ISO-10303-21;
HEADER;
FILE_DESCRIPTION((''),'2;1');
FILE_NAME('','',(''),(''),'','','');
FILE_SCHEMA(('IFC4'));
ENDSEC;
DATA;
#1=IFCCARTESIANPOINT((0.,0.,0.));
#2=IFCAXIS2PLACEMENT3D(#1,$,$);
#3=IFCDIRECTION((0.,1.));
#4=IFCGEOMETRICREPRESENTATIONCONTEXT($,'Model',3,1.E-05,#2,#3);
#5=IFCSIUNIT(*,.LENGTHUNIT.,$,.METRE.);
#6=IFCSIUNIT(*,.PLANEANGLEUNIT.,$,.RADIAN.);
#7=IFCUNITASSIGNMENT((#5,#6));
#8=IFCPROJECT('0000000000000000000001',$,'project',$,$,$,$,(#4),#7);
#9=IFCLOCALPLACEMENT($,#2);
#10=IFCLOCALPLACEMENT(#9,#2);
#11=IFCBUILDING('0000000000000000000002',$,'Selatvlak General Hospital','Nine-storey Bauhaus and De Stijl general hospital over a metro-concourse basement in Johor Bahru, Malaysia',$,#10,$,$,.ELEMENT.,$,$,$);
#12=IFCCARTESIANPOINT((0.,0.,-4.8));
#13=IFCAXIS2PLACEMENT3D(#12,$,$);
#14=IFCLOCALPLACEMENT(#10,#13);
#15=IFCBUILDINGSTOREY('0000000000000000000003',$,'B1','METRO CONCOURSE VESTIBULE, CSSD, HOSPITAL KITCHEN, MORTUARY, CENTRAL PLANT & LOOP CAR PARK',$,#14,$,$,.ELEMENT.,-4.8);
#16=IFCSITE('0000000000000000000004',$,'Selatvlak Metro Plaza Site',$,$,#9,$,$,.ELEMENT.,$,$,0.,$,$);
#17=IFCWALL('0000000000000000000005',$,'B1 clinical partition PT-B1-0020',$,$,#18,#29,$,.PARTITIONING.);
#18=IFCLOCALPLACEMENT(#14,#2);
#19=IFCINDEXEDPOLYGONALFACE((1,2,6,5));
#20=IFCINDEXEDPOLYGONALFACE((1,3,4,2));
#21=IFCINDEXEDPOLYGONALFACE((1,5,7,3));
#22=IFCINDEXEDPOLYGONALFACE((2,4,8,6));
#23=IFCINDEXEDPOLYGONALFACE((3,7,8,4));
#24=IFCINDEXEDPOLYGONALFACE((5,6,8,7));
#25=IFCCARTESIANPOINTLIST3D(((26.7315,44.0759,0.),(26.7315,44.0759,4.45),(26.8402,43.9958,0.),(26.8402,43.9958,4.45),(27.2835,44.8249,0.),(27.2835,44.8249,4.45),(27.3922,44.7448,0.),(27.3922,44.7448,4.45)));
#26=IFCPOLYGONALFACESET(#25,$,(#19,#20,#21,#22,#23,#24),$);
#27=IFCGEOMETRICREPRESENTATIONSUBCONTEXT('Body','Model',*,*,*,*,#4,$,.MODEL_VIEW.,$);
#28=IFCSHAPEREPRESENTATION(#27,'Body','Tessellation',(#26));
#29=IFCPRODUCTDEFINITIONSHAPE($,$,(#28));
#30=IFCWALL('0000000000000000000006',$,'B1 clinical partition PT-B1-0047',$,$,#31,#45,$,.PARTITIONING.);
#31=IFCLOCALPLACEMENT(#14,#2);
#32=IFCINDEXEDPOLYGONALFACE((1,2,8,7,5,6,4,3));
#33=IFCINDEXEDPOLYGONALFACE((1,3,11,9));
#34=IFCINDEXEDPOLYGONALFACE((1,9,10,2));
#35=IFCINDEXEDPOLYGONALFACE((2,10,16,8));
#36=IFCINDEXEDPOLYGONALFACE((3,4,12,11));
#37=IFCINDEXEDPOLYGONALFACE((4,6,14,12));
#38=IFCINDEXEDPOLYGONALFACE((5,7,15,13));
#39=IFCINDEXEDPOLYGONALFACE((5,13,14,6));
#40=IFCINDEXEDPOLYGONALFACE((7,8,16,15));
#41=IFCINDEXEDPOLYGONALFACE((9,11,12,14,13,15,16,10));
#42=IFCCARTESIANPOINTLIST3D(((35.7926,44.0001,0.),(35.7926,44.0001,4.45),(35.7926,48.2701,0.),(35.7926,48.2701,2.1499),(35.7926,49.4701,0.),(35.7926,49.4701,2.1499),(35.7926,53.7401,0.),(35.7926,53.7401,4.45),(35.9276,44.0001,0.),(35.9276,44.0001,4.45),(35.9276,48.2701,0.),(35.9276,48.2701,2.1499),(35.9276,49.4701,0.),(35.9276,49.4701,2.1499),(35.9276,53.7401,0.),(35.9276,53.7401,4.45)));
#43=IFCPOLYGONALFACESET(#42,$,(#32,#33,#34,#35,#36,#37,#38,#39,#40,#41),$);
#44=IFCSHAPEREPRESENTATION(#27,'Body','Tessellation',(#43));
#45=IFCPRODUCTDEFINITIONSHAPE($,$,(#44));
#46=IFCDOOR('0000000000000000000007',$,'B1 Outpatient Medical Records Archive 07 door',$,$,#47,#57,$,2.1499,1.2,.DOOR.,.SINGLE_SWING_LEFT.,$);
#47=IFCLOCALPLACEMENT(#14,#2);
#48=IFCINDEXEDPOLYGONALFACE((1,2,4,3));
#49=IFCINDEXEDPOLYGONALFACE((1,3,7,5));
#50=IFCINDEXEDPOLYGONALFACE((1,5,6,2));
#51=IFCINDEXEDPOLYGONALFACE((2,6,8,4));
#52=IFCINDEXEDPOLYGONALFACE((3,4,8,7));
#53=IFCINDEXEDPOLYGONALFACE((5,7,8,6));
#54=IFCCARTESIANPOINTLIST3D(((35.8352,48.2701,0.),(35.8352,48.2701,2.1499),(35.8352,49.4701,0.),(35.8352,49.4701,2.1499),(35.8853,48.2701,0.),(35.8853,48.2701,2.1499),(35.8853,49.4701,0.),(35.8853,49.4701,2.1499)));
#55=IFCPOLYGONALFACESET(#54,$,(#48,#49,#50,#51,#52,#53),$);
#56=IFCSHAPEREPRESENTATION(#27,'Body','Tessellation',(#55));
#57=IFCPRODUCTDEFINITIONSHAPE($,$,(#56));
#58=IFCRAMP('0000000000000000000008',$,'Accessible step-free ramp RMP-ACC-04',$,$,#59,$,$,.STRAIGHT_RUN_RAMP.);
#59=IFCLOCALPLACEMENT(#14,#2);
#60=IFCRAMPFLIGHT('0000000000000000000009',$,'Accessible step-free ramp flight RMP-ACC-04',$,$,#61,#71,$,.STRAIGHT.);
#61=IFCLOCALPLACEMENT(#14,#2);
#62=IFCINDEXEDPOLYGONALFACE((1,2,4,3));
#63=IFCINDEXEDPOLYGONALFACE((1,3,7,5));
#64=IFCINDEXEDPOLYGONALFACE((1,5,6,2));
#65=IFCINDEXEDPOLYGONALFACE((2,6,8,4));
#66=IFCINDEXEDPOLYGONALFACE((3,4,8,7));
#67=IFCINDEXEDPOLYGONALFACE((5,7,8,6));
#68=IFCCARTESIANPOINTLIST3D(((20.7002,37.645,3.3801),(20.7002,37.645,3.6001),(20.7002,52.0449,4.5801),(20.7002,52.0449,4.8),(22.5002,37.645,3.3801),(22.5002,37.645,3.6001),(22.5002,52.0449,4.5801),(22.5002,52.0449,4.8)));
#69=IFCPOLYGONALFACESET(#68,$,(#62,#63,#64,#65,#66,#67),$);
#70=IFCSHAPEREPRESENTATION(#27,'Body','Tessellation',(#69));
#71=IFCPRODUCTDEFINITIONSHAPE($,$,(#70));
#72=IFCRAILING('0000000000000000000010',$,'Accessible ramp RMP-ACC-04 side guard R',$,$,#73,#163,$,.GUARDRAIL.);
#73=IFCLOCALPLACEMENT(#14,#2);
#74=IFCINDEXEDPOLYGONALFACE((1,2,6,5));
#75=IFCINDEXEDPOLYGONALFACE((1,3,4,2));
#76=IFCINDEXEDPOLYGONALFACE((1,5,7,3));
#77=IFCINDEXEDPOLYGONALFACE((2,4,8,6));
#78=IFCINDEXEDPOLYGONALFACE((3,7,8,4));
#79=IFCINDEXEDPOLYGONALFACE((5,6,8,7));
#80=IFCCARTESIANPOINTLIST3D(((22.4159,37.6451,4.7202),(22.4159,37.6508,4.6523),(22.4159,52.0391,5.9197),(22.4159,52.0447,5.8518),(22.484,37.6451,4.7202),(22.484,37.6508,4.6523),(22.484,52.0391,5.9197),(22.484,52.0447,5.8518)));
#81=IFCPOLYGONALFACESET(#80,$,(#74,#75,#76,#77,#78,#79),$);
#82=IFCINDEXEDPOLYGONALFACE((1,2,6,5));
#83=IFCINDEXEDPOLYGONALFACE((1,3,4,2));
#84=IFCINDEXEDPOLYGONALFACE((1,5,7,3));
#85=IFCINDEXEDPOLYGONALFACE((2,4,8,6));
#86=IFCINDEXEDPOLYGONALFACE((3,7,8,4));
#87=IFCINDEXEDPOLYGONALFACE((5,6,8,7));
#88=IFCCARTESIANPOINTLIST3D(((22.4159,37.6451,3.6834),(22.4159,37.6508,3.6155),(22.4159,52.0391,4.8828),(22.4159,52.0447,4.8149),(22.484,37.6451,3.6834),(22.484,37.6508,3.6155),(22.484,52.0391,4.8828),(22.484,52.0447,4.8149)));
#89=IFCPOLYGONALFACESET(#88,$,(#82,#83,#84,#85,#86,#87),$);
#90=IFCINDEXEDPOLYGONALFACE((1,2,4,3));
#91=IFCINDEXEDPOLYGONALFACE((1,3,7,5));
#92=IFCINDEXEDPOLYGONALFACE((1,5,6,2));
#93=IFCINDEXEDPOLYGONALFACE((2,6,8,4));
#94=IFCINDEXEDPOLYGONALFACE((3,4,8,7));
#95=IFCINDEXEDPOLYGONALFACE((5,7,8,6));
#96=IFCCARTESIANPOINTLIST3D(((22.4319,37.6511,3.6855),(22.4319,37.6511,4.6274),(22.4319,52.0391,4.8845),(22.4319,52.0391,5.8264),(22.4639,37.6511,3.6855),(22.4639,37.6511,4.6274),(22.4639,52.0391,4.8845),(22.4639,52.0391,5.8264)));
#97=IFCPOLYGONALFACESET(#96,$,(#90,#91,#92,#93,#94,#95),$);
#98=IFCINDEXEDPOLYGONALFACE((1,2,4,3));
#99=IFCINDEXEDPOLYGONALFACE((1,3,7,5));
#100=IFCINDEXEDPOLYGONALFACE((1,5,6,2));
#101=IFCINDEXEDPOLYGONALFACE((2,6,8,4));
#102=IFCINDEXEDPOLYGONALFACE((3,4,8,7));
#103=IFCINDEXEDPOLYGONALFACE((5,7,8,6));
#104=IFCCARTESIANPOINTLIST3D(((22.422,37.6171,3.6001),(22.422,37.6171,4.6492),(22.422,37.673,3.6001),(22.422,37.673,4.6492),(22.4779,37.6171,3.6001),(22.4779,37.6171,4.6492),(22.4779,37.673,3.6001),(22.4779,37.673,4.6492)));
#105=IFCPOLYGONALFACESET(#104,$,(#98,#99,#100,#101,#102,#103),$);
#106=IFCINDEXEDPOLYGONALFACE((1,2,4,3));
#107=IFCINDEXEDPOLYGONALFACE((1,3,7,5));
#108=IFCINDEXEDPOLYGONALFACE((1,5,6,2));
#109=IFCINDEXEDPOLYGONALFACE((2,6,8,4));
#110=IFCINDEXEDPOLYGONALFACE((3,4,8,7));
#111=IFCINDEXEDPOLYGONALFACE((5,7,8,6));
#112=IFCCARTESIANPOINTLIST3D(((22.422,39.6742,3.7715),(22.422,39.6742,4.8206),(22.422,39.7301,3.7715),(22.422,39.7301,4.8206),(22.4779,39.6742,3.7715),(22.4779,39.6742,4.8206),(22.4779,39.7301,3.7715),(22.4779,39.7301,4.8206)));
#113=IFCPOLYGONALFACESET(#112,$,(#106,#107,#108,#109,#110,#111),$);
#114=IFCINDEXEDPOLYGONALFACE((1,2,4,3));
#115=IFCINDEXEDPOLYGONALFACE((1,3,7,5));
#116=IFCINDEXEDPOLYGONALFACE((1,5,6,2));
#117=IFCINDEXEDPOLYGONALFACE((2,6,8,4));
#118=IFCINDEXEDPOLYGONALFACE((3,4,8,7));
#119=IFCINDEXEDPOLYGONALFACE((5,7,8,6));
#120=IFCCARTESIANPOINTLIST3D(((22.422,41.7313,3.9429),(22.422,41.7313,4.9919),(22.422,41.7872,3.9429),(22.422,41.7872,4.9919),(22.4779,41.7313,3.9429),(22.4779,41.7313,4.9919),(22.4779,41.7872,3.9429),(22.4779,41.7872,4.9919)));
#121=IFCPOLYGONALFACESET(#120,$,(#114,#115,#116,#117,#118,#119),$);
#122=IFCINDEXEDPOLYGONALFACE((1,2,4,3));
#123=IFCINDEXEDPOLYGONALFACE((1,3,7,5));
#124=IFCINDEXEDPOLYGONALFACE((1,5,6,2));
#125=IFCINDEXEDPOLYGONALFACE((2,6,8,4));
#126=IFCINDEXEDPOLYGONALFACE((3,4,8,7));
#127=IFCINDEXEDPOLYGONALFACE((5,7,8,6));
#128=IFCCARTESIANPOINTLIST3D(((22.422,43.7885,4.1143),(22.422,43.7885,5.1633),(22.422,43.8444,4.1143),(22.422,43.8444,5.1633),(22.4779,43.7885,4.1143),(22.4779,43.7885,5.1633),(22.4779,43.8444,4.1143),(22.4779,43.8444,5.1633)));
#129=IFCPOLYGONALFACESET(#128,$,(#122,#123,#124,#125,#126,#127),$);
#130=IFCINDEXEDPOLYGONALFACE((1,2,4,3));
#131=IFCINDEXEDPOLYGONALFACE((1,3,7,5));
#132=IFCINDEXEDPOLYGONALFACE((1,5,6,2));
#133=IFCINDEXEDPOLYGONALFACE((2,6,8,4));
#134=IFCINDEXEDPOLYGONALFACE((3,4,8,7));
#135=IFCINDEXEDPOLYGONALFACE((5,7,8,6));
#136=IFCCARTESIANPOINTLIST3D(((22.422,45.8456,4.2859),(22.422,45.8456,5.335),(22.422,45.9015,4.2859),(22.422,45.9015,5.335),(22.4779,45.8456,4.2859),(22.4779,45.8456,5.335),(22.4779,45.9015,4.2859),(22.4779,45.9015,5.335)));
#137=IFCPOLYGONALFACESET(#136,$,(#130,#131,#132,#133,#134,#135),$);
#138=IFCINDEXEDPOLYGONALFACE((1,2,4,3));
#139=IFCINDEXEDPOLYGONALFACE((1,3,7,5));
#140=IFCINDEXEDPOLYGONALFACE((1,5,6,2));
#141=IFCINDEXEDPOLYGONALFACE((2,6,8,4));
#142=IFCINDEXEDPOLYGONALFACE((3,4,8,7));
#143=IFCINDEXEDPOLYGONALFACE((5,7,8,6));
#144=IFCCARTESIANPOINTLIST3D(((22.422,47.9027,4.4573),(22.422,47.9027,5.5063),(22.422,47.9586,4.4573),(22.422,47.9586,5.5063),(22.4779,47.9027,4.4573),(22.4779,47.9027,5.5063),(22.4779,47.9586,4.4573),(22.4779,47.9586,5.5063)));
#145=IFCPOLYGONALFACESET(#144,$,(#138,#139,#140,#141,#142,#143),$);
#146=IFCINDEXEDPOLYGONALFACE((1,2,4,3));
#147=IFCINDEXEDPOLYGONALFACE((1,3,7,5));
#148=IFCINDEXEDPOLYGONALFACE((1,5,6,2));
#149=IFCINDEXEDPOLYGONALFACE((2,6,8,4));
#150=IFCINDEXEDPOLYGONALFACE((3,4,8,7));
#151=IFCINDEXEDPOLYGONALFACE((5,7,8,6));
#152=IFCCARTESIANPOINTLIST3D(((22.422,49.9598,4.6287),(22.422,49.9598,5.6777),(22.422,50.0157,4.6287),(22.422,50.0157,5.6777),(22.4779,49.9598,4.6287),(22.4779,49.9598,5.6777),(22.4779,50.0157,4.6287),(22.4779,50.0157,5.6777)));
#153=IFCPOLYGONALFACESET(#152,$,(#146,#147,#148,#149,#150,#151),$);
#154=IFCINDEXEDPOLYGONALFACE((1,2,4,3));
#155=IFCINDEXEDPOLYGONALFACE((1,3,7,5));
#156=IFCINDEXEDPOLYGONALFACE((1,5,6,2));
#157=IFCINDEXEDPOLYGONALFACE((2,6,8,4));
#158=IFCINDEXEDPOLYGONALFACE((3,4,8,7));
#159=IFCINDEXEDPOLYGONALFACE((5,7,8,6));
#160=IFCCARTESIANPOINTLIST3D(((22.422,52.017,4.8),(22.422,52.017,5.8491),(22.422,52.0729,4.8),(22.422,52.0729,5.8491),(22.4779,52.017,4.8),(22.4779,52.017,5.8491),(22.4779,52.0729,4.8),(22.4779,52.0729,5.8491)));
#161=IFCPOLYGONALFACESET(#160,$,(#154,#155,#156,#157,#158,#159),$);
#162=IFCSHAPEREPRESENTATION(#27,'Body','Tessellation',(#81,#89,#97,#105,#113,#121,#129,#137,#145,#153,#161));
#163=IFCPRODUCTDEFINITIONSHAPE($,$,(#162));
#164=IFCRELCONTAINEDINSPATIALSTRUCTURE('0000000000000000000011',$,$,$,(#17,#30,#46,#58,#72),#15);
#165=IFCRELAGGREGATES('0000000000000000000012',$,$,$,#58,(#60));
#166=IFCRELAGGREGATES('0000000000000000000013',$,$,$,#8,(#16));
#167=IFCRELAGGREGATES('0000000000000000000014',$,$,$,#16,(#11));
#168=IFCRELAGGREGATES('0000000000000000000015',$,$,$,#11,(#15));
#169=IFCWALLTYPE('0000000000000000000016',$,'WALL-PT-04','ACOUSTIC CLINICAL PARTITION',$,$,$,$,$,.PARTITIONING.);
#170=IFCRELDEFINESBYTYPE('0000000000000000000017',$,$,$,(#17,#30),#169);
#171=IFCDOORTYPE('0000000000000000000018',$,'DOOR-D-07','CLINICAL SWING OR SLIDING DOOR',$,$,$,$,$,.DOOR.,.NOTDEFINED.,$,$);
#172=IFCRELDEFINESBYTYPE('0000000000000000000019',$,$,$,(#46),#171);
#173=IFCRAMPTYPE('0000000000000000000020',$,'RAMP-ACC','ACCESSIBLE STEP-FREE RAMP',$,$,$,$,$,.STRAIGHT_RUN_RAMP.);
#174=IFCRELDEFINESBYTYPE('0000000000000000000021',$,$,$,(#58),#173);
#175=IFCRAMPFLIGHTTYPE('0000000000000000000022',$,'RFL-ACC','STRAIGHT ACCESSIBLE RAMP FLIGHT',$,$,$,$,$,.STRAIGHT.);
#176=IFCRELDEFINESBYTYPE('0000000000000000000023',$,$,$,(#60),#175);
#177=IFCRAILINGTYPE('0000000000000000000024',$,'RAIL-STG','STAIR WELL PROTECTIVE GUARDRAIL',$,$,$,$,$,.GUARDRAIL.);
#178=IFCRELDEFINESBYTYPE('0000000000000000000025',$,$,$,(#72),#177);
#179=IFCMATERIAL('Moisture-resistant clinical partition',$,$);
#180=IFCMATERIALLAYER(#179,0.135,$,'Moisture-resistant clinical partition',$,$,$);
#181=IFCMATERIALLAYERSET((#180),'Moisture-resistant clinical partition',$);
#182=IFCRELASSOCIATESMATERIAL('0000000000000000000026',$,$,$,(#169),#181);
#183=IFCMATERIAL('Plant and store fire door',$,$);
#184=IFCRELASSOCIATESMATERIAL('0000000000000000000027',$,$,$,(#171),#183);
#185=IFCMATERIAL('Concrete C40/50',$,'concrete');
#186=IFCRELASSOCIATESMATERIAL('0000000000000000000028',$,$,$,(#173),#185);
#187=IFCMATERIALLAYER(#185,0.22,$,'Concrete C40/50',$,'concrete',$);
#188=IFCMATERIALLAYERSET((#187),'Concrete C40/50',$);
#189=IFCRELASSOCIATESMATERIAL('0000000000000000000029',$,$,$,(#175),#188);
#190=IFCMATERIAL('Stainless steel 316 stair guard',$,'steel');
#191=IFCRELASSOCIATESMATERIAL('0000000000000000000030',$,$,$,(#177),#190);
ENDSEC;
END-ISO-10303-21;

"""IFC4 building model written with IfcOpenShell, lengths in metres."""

from ifc_helpers import new_model, si_unit, direction, frame, frame_2d, origin, origin_2d, place, context, subcontext, project, spatial, polyline, rectangle, outline, extrude, material, layer, layer_set, type_object, element, fill, aggregate, save


model = new_model("IFC4")

# Units and contexts
model_context = context("Model", 3, precision=1e-05, world=origin(), true_north=direction((0.0, 1.0)))
body_context = subcontext(model_context, "Body", "Model", "MODEL_VIEW")
ifc_project = project(units=[si_unit("LENGTHUNIT", "METRE"), si_unit("PLANEANGLEUNIT", "RADIAN")], contexts=[model_context])

# Site, building, storey
site_placement = place(None, origin())
site = spatial("IfcSite", under=ifc_project, at=site_placement, Name="Selatvlak Metro Plaza Site", CompositionType="ELEMENT", RefElevation=0.0)
building_placement = place(site_placement, origin())
building = spatial("IfcBuilding", under=site, at=building_placement, Name="Selatvlak General Hospital", Description="Nine-storey Bauhaus and De Stijl general hospital over a metro-concourse basement in Johor Bahru, Malaysia", CompositionType="ELEMENT")
storey_placement = place(building_placement, frame((0.0, 0.0, -4.8)))
storey = spatial("IfcBuildingStorey", under=building, at=storey_placement, Name="B1", Description="METRO CONCOURSE VESTIBULE, CSSD, HOSPITAL KITCHEN, MORTUARY, CENTRAL PLANT & LOOP CAR PARK", CompositionType="ELEMENT", Elevation=-4.8)

# Shared definitions
ifc_material_1 = material(Name="Concrete C40/50", Category="concrete")

# Wall
ifc_material_2 = material(Name="Moisture-resistant clinical partition")
ifc_layer_1 = layer(ifc_material_2, 0.135, Name="Moisture-resistant clinical partition")
ifc_layer_set_1 = layer_set([ifc_layer_1], Name="Moisture-resistant clinical partition")
wall_type_1 = type_object("IfcWallType", Name="WALL-PT-04", Description="ACOUSTIC CLINICAL PARTITION", PredefinedType="PARTITIONING", material=ifc_layer_set_1)
wall_1_placement = place(storey_placement, frame((27.3379, 44.7849, 0.0), z_axis=(0.0, 0.0, 1.0), x_axis=(-0.593262, -0.80501, 0.0)))
element("IfcWall", 1, at=wall_1_placement, inside=storey, type_object=wall_type_1, Name="B1 clinical partition PT-B1-0020", PredefinedType="PARTITIONING", context=body_context, shape_type="SweptSolid", body=[
    extrude(rectangle(XDim=0.9304, YDim=0.135, at=frame_2d((0.4653, 0.0))), origin(), (0.0, 0.0, 1.0), 4.45),
])

# Wall, opening, door
wall_2_placement = place(storey_placement, frame((35.8601, 44.0, 0.0), z_axis=(0.0, 0.0, 1.0), x_axis=(0.0, 1.0, 0.0)))
wall_2 = element("IfcWall", 2, at=wall_2_placement, inside=storey, type_object=wall_type_1, Name="B1 clinical partition PT-B1-0047", PredefinedType="PARTITIONING", context=body_context, shape_type="SweptSolid", body=[
    extrude(rectangle(XDim=9.74, YDim=0.135, at=frame_2d((4.8701, 0.0))), origin(), (0.0, 0.0, 1.0), 4.45),
])
opening_1_placement = place(wall_2_placement, frame((4.27, 0.0, 0.0)))
opening_1 = element("IfcOpeningElement", 3, at=opening_1_placement, cuts=wall_2, PredefinedType="OPENING", context=body_context, shape_type="SweptSolid", body=[
    extrude(rectangle(XDim=1.2, YDim=2.1499, at=frame_2d((0.6001, 1.075))), frame((0.0, 0.0774, 0.0), z_axis=(0.0, -1.0, 0.0), x_axis=(1.0, 0.0, 0.0)), (0.0, 0.0, 1.0), 0.155),
])
ifc_material_3 = material(Name="Plant and store fire door")
door_type_1 = type_object("IfcDoorType", Name="DOOR-D-07", Description="CLINICAL SWING OR SLIDING DOOR", OperationType="NOTDEFINED", PredefinedType="DOOR", material=ifc_material_3)
door_1_placement = place(opening_1_placement, origin())
door_1 = element("IfcDoor", 4, at=door_1_placement, inside=storey, type_object=door_type_1, Name="B1 Outpatient Medical Records Archive 07 door", OperationType="SINGLE_SWING_LEFT", OverallHeight=2.1499, OverallWidth=1.2, PredefinedType="DOOR", context=body_context, shape_type="SweptSolid", body=[
    extrude(rectangle(XDim=1.2, YDim=2.1499, at=frame_2d((0.6001, 1.075))), frame((0.0, 0.0249, 0.0), z_axis=(0.0, -1.0, 0.0), x_axis=(1.0, 0.0, 0.0)), (0.0, 0.0, 1.0), 0.05),
])
fill(opening_1, door_1)

# Ramp, ramp flight
ramp_type = type_object("IfcRampType", Name="RAMP-ACC", Description="ACCESSIBLE STEP-FREE RAMP", PredefinedType="STRAIGHT_RUN_RAMP", material=ifc_material_1)
ramp_placement = place(storey_placement, origin())
ramp = element("IfcRamp", 5, at=ramp_placement, inside=storey, type_object=ramp_type, Name="Accessible step-free ramp RMP-ACC-04", PredefinedType="STRAIGHT_RUN_RAMP")
ifc_layer_2 = layer(ifc_material_1, 0.22, Name="Concrete C40/50", Category="concrete")
ifc_layer_set_2 = layer_set([ifc_layer_2], Name="Concrete C40/50")
ramp_flight_type = type_object("IfcRampFlightType", Name="RFL-ACC", Description="STRAIGHT ACCESSIBLE RAMP FLIGHT", PredefinedType="STRAIGHT", material=ifc_layer_set_2)
ramp_flight_placement = place(storey_placement, frame((21.6001, 37.645, 3.6001), z_axis=(0.0, 0.0, 1.0), x_axis=(0.0, 1.0, 0.0)))
ramp_flight = element("IfcRampFlight", 6, at=ramp_flight_placement, type_object=ramp_flight_type, Name="Accessible step-free ramp flight RMP-ACC-04", PredefinedType="STRAIGHT", context=body_context, shape_type="SweptSolid", body=[
    extrude(outline(polyline([(0.0, -0.22), (14.3999, 0.98), (14.3999, 1.2), (0.0, 0.0), (0.0, -0.22)])), frame((0.0, 0.8999, 0.0), z_axis=(0.0, -1.0, 0.0), x_axis=(1.0, 0.0, 0.0)), (0.0, 0.0, 1.0), 1.8),
])
aggregate(ramp, [ramp_flight])

# Railing
ifc_material_4 = material(Name="Stainless steel 316 stair guard", Category="steel")
railing_type = type_object("IfcRailingType", Name="RAIL-STG", Description="STAIR WELL PROTECTIVE GUARDRAIL", PredefinedType="GUARDRAIL", material=ifc_material_4)
railing_1_placement = place(storey_placement, frame((22.45, 37.645, 3.6001)))
element("IfcRailing", 7, at=railing_1_placement, inside=storey, type_object=railing_type, Name="Accessible ramp RMP-ACC-04 side guard R", PredefinedType="GUARDRAIL", context=body_context, shape_type="SweptSolid", body=[
    extrude(rectangle(XDim=0.0681, YDim=0.0681, at=origin_2d()), frame((0.0, 0.0029, 1.0862), z_axis=(0.0, 0.996546, 0.083043), x_axis=(-1.0, 0.0, 0.0)), (0.0, 0.0, 1.0), 14.4438),
    extrude(rectangle(XDim=0.0681, YDim=0.0681, at=origin_2d()), frame((0.0, 0.0029, 0.0493), z_axis=(0.0, 0.996546, 0.083043), x_axis=(-1.0, 0.0, 0.0)), (0.0, 0.0, 1.0), 14.4438),
    extrude(outline(polyline([(0.0, 0.0), (14.3879, 1.199), (14.3879, 2.1409), (0.0, 0.9419), (0.0, 0.0)])), frame((-0.0181, 0.0061, 0.0854), z_axis=(1.0, 0.0, 0.0), x_axis=(0.0, 1.0, 0.0)), (0.0, 0.0, 1.0), 0.032),
    extrude(rectangle(XDim=0.0559, YDim=0.0559, at=origin_2d()), origin(), (0.0, 0.0, 1.0), 1.0491),
    extrude(rectangle(XDim=0.0559, YDim=0.0559, at=origin_2d()), frame((0.0, 2.0571, 0.1714)), (0.0, 0.0, 1.0), 1.0491),
    extrude(rectangle(XDim=0.0559, YDim=0.0559, at=origin_2d()), frame((0.0, 4.1143, 0.3428)), (0.0, 0.0, 1.0), 1.0491),
    extrude(rectangle(XDim=0.0559, YDim=0.0559, at=origin_2d()), frame((0.0, 6.1714, 0.5142)), (0.0, 0.0, 1.0), 1.0491),
    extrude(rectangle(XDim=0.0559, YDim=0.0559, at=origin_2d()), frame((0.0, 8.2285, 0.6858)), (0.0, 0.0, 1.0), 1.0491),
    extrude(rectangle(XDim=0.0559, YDim=0.0559, at=origin_2d()), frame((0.0, 10.2856, 0.8572)), (0.0, 0.0, 1.0), 1.0491),
    extrude(rectangle(XDim=0.0559, YDim=0.0559, at=origin_2d()), frame((0.0, 12.3428, 1.0286)), (0.0, 0.0, 1.0), 1.0491),
    extrude(rectangle(XDim=0.0559, YDim=0.0559, at=origin_2d()), frame((0.0, 14.3999, 1.2)), (0.0, 0.0, 1.0), 1.0491),
])

save(model, "model.ifc")
